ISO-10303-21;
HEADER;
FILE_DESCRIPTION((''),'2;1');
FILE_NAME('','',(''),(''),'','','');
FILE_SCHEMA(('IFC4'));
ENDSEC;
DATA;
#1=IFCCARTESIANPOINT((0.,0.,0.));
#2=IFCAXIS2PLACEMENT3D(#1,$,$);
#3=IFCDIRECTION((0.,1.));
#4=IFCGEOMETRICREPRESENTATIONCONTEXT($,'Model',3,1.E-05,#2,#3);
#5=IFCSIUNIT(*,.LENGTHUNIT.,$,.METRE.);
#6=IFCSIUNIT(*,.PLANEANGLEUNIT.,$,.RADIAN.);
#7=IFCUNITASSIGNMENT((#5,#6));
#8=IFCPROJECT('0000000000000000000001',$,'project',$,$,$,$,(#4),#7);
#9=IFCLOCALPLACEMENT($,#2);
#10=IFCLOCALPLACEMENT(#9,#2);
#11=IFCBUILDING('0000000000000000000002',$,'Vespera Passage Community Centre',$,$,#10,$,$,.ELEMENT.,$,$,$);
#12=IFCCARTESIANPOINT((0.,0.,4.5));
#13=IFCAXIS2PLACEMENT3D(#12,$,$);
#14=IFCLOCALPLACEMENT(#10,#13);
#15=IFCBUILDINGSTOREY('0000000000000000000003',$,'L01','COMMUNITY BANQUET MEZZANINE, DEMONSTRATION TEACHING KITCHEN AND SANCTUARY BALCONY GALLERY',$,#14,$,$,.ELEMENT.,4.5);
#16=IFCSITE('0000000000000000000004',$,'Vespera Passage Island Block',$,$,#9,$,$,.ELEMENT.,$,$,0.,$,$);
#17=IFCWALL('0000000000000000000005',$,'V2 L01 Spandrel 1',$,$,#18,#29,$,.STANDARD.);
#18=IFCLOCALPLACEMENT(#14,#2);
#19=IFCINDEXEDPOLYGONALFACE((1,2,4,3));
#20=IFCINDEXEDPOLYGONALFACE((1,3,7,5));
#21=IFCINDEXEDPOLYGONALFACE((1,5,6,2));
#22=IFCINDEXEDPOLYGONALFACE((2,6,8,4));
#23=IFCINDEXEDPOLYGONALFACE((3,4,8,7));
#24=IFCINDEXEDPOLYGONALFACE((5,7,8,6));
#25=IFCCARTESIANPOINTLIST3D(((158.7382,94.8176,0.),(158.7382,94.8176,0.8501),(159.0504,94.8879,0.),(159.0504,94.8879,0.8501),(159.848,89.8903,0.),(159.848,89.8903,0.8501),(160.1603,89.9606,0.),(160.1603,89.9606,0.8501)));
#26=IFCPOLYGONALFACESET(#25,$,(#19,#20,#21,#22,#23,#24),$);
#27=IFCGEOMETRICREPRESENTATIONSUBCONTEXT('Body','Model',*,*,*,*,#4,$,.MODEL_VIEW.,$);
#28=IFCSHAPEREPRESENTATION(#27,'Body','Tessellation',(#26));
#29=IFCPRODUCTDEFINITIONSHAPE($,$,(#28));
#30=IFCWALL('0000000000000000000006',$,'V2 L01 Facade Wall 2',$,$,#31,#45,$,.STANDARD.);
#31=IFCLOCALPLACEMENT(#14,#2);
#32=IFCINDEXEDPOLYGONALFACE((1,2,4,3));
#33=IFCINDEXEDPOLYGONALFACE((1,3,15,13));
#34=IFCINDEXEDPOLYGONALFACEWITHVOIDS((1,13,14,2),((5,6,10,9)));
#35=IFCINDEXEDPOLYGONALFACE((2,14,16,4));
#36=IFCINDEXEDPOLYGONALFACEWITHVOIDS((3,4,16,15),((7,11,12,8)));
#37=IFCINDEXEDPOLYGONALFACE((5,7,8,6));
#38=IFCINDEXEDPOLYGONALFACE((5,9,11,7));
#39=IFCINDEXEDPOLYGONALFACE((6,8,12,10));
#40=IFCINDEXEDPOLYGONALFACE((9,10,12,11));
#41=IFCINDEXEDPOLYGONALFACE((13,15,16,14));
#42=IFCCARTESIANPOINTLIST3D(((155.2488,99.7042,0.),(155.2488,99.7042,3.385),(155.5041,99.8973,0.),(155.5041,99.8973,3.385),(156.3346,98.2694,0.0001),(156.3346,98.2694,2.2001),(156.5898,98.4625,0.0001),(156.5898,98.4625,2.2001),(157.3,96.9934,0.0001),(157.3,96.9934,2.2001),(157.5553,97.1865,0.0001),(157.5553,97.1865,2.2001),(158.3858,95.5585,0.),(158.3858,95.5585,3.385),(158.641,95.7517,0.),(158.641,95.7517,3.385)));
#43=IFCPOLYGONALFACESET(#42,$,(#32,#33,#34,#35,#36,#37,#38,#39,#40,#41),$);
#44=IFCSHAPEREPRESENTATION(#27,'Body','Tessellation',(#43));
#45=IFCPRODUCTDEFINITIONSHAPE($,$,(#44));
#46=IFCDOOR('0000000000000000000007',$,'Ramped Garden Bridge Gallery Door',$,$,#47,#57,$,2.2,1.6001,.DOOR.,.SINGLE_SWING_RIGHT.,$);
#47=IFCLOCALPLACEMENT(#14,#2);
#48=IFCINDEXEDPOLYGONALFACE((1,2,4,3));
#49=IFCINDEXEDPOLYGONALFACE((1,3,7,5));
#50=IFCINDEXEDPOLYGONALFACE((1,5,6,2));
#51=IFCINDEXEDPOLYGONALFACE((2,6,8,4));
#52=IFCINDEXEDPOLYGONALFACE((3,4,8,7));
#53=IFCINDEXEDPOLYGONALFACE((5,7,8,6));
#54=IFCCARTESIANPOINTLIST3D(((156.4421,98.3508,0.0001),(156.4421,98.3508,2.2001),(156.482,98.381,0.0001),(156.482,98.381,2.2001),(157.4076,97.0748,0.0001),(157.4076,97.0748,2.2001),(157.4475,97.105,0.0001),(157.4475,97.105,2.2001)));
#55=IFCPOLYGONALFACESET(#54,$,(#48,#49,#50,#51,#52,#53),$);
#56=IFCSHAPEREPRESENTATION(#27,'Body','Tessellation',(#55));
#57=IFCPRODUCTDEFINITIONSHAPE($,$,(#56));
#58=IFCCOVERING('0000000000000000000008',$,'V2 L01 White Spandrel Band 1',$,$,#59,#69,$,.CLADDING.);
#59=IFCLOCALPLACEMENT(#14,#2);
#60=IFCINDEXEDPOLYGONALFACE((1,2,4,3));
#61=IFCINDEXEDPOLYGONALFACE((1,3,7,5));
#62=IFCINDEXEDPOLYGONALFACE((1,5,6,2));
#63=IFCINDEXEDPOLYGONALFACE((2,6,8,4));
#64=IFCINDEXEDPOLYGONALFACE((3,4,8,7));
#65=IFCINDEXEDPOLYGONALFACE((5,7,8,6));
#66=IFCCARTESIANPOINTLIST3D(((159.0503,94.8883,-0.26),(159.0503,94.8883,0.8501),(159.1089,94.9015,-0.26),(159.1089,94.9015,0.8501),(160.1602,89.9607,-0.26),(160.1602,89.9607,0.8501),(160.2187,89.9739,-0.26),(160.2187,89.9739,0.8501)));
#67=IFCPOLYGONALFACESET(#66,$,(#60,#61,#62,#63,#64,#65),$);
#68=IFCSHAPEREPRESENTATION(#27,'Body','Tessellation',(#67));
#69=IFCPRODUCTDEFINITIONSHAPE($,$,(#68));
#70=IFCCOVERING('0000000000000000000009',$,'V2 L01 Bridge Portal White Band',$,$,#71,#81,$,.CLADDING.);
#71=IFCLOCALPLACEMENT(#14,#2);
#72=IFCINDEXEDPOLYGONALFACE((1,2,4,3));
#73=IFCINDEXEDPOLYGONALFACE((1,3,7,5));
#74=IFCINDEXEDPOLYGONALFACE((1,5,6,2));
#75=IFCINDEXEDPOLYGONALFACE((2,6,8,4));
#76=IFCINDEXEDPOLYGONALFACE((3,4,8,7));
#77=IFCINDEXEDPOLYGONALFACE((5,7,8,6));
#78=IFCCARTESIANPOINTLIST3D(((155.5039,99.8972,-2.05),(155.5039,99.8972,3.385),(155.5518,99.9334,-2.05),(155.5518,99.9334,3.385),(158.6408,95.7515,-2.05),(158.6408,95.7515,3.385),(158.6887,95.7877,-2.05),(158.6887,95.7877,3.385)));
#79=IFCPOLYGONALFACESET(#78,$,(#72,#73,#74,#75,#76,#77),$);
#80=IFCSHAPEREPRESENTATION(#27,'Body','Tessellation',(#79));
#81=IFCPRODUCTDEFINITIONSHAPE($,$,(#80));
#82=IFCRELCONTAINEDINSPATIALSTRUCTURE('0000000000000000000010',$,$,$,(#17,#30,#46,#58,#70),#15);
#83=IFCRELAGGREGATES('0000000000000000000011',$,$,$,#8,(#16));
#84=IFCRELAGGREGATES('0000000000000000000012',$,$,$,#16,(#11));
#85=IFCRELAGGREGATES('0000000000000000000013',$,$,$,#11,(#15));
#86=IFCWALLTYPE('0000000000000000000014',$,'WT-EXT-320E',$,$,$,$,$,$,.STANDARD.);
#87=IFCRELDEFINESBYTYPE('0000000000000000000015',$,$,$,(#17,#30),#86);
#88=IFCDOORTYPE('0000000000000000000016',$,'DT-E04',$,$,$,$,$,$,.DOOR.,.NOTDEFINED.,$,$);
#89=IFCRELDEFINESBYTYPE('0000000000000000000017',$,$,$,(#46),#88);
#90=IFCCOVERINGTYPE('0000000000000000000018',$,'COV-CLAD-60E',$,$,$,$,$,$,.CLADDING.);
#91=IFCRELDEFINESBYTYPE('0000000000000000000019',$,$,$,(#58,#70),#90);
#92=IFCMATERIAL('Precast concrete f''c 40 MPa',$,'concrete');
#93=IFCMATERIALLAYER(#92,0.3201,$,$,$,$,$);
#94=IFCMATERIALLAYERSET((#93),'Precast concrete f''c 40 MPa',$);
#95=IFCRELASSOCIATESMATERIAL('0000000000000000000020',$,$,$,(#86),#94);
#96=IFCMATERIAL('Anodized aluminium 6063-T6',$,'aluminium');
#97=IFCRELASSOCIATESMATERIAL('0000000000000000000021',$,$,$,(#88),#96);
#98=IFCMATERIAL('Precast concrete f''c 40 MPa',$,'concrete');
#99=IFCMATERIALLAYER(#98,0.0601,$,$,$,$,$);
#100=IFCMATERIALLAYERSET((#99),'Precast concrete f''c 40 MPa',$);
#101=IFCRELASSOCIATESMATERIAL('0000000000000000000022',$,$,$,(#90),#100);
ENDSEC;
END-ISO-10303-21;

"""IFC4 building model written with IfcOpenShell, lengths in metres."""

from ifc_helpers import new_model, si_unit, direction, frame, frame_2d, origin, place, context, subcontext, project, spatial, rectangle, extrude, material, layer, layer_set, type_object, element, fill, save


model = new_model("IFC4")

# Units and contexts
model_context = context("Model", 3, precision=1e-05, world=origin(), true_north=direction((0.0, 1.0)))
body_context = subcontext(model_context, "Body", "Model", "MODEL_VIEW")
ifc_project = project(units=[si_unit("LENGTHUNIT", "METRE"), si_unit("PLANEANGLEUNIT", "RADIAN")], contexts=[model_context])

# Site, building, storey
site_placement = place(None, origin())
site = spatial("IfcSite", under=ifc_project, at=site_placement, Name="Vespera Passage Island Block", CompositionType="ELEMENT", RefElevation=0.0)
building_placement = place(site_placement, origin())
building = spatial("IfcBuilding", under=site, at=building_placement, Name="Vespera Passage Community Centre", CompositionType="ELEMENT")
storey_placement = place(building_placement, frame((0.0, 0.0, 4.5)))
storey = spatial("IfcBuildingStorey", under=building, at=storey_placement, Name="L01", Description="COMMUNITY BANQUET MEZZANINE, DEMONSTRATION TEACHING KITCHEN AND SANCTUARY BALCONY GALLERY", CompositionType="ELEMENT", Elevation=4.5)

# Wall
ifc_material_1 = material(Name="Precast concrete f'c 40 MPa", Category="concrete")
ifc_layer_1 = layer(ifc_material_1, 0.3201)
ifc_layer_set_1 = layer_set([ifc_layer_1], Name="Precast concrete f'c 40 MPa")
wall_type = type_object("IfcWallType", Name="WT-EXT-320E", PredefinedType="STANDARD", material=ifc_layer_set_1)
wall_1_placement = place(storey_placement, frame((158.8943, 94.8528, 0.0), z_axis=(0.0, 0.0, 1.0), x_axis=(0.219745, -0.975557, 0.0)))
element("IfcWall", 1, at=wall_1_placement, inside=storey, type_object=wall_type, Name="V2 L01 Spandrel 1", PredefinedType="STANDARD", context=body_context, shape_type="SweptSolid", body=[
    extrude(rectangle(XDim=5.0508, YDim=0.3201, at=frame_2d((2.5254, 0.0))), origin(), (0.0, 0.0, 1.0), 0.8501),
])

# Wall, opening, door
wall_2_placement = place(storey_placement, frame((155.3765, 99.8008, 0.0), z_axis=(0.0, 0.0, 1.0), x_axis=(0.603398, -0.79744, 0.0)))
wall_2 = element("IfcWall", 2, at=wall_2_placement, inside=storey, type_object=wall_type, Name="V2 L01 Facade Wall 2", PredefinedType="STANDARD", context=body_context, shape_type="SweptSolid", body=[
    extrude(rectangle(XDim=5.1987, YDim=0.3201, at=frame_2d((2.5994, 0.0))), origin(), (0.0, 0.0, 1.0), 3.385),
])
opening_placement = place(wall_2_placement, frame((1.7993, 0.0, 0.0)))
opening = element("IfcOpeningElement", 3, at=opening_placement, cuts=wall_2, PredefinedType="OPENING", context=body_context, shape_type="SweptSolid", body=[
    extrude(rectangle(XDim=1.6001, YDim=2.2, at=frame_2d((0.8, 1.1001))), frame((0.0, 0.1702, 0.0), z_axis=(0.0, -1.0, 0.0), x_axis=(1.0, 0.0, 0.0)), (0.0, 0.0, 1.0), 0.3401),
])
ifc_material_2 = material(Name="Anodized aluminium 6063-T6", Category="aluminium")
door_type = type_object("IfcDoorType", Name="DT-E04", OperationType="NOTDEFINED", PredefinedType="DOOR", material=ifc_material_2)
door_placement = place(opening_placement, origin())
door = element("IfcDoor", 4, at=door_placement, inside=storey, type_object=door_type, Name="Ramped Garden Bridge Gallery Door", OperationType="SINGLE_SWING_RIGHT", OverallHeight=2.2, OverallWidth=1.6001, PredefinedType="DOOR", context=body_context, shape_type="SweptSolid", body=[
    extrude(rectangle(XDim=1.6001, YDim=2.2, at=frame_2d((0.8, 1.1001))), frame((0.0, 0.0249, 0.0), z_axis=(0.0, -1.0, 0.0), x_axis=(1.0, 0.0, 0.0)), (0.0, 0.0, 1.0), 0.05),
])
fill(opening, door)

# Coverings
ifc_material_3 = material(Name="Precast concrete f'c 40 MPa", Category="concrete")
ifc_layer_2 = layer(ifc_material_3, 0.0601)
ifc_layer_set_2 = layer_set([ifc_layer_2], Name="Precast concrete f'c 40 MPa")
covering_type = type_object("IfcCoveringType", Name="COV-CLAD-60E", PredefinedType="CLADDING", material=ifc_layer_set_2)
covering_1_placement = place(storey_placement, frame((159.0796, 94.8948, -0.26), z_axis=(0.0, 0.0, 1.0), x_axis=(0.219734, -0.97556, 0.0)))
element("IfcCovering", 5, at=covering_1_placement, inside=storey, type_object=covering_type, Name="V2 L01 White Spandrel Band 1", PredefinedType="CLADDING", context=body_context, shape_type="SweptSolid", body=[
    extrude(rectangle(XDim=5.051, YDim=0.0601, at=frame_2d((2.5254, 0.0))), origin(), (0.0, 0.0, 1.0), 1.1101),
])
covering_2_placement = place(storey_placement, frame((155.5278, 99.9153, -2.05), z_axis=(0.0, 0.0, 1.0), x_axis=(0.603398, -0.79744, 0.0)))
element("IfcCovering", 6, at=covering_2_placement, inside=storey, type_object=covering_type, Name="V2 L01 Bridge Portal White Band", PredefinedType="CLADDING", context=body_context, shape_type="SweptSolid", body=[
    extrude(rectangle(XDim=5.1987, YDim=0.0601, at=frame_2d((2.5994, 0.0))), origin(), (0.0, 0.0, 1.0), 5.4351),
])

save(model, "model.ifc")
